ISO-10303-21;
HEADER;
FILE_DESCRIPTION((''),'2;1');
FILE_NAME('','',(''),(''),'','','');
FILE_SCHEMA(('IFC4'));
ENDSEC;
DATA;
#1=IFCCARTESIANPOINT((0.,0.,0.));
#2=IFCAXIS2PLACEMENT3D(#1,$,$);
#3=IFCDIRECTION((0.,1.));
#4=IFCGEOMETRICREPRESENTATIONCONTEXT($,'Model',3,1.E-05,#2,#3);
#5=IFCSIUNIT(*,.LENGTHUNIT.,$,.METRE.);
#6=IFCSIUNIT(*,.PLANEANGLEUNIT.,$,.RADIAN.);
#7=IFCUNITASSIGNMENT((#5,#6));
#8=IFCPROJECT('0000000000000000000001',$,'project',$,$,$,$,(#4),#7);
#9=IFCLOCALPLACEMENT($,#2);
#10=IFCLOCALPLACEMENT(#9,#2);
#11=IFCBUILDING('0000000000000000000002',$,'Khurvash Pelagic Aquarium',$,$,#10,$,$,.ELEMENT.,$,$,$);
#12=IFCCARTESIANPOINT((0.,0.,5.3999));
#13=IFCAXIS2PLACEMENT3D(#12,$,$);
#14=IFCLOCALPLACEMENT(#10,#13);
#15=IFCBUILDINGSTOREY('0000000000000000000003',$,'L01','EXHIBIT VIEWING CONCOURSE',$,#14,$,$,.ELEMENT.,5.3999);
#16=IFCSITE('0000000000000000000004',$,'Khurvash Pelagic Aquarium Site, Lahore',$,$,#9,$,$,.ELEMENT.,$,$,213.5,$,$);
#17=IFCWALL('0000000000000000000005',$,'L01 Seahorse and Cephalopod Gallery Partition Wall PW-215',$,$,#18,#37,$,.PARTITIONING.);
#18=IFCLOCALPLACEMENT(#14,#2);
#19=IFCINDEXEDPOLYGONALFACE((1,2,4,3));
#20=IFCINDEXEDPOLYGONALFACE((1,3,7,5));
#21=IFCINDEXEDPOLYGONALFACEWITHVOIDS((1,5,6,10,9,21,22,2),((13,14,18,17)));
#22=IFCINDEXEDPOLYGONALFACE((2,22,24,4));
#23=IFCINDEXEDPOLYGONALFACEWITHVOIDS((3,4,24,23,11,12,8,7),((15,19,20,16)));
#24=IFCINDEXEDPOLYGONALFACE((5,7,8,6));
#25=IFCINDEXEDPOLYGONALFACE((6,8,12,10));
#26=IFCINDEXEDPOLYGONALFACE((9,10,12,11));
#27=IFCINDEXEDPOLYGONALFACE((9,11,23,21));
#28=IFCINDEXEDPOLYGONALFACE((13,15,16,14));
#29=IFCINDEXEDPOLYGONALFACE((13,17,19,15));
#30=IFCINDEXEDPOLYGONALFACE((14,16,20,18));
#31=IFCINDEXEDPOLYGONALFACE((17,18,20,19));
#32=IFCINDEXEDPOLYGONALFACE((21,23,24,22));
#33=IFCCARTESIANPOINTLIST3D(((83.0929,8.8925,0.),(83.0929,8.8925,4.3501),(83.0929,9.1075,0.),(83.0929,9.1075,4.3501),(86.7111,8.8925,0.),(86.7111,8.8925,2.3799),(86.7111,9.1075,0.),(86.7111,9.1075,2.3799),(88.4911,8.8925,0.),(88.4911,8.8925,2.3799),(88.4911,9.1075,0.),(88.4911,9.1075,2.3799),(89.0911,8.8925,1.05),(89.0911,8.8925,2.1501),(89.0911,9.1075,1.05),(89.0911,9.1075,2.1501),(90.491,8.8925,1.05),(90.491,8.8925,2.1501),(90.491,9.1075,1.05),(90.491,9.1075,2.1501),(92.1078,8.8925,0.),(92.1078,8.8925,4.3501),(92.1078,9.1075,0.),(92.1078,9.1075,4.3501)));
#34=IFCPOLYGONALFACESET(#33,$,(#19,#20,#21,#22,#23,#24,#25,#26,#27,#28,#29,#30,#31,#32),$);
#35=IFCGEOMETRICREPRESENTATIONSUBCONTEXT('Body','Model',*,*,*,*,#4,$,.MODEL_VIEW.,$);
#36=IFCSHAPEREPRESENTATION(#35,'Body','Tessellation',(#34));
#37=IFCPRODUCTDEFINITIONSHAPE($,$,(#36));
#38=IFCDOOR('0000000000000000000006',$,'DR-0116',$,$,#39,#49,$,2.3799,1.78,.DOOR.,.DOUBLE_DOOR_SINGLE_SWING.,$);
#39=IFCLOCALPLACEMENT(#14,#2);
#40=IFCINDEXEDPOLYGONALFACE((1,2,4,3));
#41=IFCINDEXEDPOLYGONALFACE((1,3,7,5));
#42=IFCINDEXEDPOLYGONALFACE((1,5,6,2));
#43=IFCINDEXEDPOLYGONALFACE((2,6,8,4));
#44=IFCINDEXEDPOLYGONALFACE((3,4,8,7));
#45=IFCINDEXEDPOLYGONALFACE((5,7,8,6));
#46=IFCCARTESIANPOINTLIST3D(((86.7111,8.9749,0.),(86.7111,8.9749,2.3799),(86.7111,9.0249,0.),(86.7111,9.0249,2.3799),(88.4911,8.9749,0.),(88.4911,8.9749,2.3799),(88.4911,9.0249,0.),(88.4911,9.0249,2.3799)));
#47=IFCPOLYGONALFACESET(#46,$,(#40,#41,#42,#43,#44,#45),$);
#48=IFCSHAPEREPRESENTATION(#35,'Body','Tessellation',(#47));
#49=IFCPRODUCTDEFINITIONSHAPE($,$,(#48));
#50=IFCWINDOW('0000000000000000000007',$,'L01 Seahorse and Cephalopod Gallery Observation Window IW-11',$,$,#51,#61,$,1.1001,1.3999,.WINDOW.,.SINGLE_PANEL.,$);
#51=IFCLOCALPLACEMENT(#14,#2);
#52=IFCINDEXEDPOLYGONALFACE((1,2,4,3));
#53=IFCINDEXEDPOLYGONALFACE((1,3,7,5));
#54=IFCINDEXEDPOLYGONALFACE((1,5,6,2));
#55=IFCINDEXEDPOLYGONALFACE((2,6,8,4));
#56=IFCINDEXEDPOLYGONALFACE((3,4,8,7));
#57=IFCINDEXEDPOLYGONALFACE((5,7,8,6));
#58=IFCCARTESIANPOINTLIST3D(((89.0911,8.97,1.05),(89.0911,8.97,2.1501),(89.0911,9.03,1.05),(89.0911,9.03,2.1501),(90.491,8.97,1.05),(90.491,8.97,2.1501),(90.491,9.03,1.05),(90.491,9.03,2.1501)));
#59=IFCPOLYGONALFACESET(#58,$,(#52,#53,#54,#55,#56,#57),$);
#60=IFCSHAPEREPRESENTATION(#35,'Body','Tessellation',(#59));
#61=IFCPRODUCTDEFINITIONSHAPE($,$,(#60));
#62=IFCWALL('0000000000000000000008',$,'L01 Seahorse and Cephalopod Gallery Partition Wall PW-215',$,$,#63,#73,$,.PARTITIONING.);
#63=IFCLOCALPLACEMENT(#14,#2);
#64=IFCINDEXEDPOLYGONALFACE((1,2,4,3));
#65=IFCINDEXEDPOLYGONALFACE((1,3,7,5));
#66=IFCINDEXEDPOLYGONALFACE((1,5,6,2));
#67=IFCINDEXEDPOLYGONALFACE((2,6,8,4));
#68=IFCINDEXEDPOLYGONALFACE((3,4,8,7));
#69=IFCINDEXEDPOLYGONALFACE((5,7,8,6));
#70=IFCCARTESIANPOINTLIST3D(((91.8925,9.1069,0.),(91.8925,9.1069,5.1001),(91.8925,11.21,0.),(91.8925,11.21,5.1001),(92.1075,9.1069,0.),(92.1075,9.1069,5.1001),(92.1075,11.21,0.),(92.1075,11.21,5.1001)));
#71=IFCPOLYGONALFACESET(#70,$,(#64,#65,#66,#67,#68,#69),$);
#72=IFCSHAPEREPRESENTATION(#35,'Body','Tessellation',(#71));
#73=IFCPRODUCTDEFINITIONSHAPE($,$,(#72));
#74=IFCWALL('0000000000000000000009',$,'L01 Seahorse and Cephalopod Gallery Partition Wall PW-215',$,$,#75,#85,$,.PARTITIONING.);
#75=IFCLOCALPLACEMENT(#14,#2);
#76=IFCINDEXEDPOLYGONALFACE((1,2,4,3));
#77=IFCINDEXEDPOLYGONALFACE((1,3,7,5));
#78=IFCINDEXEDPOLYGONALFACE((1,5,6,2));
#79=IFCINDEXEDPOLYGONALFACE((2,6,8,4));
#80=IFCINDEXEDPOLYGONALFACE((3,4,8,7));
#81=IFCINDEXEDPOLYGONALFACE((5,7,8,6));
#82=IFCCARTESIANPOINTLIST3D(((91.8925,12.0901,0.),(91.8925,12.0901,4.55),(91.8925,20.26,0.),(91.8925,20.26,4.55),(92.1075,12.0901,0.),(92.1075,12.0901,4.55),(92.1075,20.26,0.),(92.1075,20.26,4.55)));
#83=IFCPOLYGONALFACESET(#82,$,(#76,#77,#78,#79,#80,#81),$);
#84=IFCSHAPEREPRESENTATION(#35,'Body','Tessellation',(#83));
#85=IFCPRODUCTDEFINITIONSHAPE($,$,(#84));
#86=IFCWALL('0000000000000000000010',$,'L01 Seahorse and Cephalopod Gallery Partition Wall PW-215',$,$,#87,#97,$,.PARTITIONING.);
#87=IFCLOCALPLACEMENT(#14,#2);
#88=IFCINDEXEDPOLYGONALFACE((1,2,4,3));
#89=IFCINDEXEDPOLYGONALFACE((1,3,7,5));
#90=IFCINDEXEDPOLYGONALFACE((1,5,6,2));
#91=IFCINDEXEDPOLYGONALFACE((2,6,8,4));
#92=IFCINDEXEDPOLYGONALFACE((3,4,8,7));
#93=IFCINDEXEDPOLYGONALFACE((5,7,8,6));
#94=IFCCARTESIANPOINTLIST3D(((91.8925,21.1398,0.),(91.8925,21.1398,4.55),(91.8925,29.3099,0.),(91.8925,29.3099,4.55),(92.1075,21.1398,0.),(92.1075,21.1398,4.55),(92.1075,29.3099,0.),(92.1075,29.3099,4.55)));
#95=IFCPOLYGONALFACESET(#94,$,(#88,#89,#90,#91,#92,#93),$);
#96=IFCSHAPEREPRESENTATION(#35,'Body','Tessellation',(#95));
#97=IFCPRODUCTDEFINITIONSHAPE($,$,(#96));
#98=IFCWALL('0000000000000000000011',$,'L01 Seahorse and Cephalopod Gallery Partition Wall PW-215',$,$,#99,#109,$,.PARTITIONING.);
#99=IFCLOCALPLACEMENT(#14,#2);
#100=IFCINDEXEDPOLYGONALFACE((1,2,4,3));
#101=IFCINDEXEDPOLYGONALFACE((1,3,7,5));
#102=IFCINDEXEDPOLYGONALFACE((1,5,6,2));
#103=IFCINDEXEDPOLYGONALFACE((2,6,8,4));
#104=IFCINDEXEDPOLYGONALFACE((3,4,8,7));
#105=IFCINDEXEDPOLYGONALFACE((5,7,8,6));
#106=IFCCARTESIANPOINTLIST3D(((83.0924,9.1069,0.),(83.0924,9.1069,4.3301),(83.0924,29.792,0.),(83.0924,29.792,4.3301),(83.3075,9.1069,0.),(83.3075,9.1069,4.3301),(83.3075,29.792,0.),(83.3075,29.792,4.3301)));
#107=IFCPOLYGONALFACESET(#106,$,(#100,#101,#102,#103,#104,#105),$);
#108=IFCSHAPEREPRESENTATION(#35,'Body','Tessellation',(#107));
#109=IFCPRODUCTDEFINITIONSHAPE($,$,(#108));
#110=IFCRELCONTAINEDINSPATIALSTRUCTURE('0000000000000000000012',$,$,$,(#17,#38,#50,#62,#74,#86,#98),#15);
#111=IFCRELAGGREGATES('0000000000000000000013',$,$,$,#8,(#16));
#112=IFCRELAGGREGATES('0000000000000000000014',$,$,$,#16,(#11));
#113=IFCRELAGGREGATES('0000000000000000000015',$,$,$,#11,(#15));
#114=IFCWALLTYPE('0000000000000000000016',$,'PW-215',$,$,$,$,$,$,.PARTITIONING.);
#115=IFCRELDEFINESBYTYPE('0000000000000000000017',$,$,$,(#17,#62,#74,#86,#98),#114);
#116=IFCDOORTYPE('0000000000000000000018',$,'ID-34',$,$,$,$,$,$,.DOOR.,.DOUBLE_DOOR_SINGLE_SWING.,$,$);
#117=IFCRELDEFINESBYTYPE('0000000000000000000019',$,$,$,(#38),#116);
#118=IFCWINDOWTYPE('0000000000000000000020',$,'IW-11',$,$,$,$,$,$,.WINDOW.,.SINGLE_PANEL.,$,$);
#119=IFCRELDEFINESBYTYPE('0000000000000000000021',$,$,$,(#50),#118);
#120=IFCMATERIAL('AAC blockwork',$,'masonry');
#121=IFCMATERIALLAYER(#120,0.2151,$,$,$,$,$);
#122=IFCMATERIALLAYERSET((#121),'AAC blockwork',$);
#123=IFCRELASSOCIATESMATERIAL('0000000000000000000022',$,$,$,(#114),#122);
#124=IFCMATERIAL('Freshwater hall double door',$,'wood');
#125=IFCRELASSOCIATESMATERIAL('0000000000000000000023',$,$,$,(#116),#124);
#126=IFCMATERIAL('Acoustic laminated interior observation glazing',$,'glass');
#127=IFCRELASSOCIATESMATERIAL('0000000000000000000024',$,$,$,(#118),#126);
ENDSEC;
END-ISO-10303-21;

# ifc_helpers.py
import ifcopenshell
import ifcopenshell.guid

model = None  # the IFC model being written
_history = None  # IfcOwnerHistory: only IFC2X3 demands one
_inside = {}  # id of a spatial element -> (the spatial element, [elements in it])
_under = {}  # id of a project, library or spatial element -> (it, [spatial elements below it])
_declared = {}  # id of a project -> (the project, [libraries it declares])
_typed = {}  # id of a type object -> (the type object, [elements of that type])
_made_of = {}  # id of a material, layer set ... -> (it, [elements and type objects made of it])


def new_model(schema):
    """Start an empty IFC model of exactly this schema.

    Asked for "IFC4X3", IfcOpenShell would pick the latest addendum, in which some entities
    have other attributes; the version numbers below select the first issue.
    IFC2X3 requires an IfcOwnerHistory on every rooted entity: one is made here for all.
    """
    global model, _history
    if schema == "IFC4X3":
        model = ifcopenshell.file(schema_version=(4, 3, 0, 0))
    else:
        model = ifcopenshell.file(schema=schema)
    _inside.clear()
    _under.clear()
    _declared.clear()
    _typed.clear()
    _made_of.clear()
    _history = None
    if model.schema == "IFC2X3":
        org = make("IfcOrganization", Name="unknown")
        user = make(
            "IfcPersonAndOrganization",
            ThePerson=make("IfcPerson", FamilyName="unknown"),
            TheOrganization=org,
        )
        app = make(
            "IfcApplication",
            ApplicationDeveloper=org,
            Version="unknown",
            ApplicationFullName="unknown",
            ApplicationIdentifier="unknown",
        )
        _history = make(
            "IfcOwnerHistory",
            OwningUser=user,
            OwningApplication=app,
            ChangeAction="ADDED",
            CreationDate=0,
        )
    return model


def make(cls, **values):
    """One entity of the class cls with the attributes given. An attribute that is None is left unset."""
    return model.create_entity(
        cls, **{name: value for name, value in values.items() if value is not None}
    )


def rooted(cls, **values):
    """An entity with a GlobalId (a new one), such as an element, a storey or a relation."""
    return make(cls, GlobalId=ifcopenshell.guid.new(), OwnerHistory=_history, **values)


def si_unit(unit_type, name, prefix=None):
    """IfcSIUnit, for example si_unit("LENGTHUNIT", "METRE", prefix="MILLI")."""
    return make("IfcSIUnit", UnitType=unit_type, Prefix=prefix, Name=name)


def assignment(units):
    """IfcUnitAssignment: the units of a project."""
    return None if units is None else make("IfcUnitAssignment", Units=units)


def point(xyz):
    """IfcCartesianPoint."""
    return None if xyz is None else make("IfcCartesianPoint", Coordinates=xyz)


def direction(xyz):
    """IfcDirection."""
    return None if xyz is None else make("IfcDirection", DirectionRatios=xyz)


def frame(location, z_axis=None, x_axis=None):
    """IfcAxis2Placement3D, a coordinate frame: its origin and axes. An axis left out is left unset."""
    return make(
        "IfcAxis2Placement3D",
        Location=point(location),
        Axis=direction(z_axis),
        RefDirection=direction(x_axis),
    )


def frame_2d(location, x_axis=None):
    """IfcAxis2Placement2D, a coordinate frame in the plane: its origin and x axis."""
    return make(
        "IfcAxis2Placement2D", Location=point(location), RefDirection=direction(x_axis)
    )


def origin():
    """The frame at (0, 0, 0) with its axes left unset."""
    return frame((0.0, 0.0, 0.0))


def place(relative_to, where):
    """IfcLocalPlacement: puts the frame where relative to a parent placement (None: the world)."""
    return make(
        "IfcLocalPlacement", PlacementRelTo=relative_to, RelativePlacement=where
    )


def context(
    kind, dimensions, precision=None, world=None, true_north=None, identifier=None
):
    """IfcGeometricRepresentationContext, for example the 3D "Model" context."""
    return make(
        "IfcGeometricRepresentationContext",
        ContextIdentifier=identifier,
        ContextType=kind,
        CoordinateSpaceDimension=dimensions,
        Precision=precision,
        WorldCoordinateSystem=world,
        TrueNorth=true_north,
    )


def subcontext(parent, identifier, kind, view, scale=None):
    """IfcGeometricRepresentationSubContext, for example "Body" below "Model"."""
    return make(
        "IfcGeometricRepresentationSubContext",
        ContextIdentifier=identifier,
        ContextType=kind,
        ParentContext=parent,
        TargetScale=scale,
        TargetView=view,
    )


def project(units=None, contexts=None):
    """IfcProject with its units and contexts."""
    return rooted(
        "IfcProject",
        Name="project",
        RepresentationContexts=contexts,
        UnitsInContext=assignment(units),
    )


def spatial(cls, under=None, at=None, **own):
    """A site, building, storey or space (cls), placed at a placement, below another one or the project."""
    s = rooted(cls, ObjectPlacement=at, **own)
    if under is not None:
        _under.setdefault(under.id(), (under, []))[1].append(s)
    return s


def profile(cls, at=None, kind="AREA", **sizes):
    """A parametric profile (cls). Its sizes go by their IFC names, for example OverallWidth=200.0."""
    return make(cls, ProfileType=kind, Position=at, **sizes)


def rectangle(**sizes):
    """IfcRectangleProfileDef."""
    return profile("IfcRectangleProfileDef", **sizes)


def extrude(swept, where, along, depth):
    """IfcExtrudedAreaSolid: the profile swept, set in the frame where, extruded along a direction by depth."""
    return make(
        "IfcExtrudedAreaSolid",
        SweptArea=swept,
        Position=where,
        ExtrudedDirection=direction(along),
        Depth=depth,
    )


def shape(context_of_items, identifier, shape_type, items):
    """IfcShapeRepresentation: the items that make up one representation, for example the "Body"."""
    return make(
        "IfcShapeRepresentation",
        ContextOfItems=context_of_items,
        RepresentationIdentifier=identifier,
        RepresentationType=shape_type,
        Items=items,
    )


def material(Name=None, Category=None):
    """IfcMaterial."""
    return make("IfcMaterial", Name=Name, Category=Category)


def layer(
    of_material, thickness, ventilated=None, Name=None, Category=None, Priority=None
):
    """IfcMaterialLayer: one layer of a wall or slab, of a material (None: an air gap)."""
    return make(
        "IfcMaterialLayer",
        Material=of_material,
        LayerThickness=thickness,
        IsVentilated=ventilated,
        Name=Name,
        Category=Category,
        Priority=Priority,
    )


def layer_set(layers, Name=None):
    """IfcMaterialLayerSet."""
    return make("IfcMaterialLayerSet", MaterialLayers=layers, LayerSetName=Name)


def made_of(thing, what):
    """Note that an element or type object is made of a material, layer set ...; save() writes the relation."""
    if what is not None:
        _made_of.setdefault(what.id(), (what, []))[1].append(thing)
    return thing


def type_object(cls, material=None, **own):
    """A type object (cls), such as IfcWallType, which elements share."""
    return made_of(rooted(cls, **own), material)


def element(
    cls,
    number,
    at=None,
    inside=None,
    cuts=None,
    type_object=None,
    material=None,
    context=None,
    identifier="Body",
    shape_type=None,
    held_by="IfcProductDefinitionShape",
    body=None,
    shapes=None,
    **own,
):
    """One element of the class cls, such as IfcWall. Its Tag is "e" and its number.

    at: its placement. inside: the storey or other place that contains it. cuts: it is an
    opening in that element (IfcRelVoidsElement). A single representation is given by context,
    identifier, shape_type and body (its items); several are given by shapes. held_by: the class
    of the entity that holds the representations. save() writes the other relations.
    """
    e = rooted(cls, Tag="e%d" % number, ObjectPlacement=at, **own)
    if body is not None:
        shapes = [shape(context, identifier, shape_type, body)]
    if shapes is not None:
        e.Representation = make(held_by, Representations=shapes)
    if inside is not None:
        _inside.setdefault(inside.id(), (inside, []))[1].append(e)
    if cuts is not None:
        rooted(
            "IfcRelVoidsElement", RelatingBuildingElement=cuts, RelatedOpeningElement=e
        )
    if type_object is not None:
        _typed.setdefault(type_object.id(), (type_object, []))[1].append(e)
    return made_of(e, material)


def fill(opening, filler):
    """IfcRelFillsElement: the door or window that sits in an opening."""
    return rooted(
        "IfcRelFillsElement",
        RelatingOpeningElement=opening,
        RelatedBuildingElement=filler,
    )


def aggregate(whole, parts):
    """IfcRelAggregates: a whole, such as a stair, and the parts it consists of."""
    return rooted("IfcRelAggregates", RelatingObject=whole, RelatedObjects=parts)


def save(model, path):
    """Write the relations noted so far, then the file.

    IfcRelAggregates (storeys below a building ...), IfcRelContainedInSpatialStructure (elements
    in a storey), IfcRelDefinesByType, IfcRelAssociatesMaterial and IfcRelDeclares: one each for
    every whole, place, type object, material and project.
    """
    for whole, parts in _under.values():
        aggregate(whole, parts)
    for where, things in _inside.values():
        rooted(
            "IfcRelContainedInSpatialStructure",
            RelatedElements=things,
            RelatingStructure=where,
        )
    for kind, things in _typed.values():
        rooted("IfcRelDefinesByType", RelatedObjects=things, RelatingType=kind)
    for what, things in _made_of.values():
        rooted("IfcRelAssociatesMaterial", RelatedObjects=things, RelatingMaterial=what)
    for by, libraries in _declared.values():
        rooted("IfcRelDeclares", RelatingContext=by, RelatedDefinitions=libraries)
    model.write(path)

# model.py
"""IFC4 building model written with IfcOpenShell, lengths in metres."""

from ifc_helpers import new_model, si_unit, direction, frame, frame_2d, origin, place, context, subcontext, project, spatial, rectangle, extrude, material, layer, layer_set, type_object, element, fill, save


model = new_model("IFC4")

# Units and contexts
model_context = context("Model", 3, precision=1e-05, world=origin(), true_north=direction((0.0, 1.0)))
body_context = subcontext(model_context, "Body", "Model", "MODEL_VIEW")
ifc_project = project(units=[si_unit("LENGTHUNIT", "METRE"), si_unit("PLANEANGLEUNIT", "RADIAN")], contexts=[model_context])

# Site, building, storey
site_placement = place(None, origin())
site = spatial("IfcSite", under=ifc_project, at=site_placement, Name="Khurvash Pelagic Aquarium Site, Lahore", CompositionType="ELEMENT", RefElevation=213.5)
building_placement = place(site_placement, origin())
building = spatial("IfcBuilding", under=site, at=building_placement, Name="Khurvash Pelagic Aquarium", CompositionType="ELEMENT")
storey_placement = place(building_placement, frame((0.0, 0.0, 5.3999)))
storey = spatial("IfcBuildingStorey", under=building, at=storey_placement, Name="L01", Description="EXHIBIT VIEWING CONCOURSE", CompositionType="ELEMENT", Elevation=5.3999)

# Wall, openings, door, window
ifc_material_1 = material(Name="AAC blockwork", Category="masonry")
ifc_layer = layer(ifc_material_1, 0.2151)
ifc_layer_set = layer_set([ifc_layer], Name="AAC blockwork")
wall_type = type_object("IfcWallType", Name="PW-215", PredefinedType="PARTITIONING", material=ifc_layer_set)
wall_1_placement = place(storey_placement, frame((83.093, 9.0, 0.0), z_axis=(0.0, 0.0, 1.0), x_axis=(1.0, 0.0, 0.0)))
wall_1 = element("IfcWall", 1, at=wall_1_placement, inside=storey, type_object=wall_type, Name="L01 Seahorse and Cephalopod Gallery Partition Wall PW-215", PredefinedType="PARTITIONING", context=body_context, shape_type="SweptSolid", body=[
    extrude(rectangle(XDim=9.0149, YDim=0.2151, at=frame_2d((4.5073, 0.0))), origin(), (0.0, 0.0, 1.0), 4.3501),
])
opening_1_placement = place(wall_1_placement, frame((3.6179, 0.0, 0.0)))
opening_1 = element("IfcOpeningElement", 2, at=opening_1_placement, cuts=wall_1, PredefinedType="OPENING", context=body_context, shape_type="SweptSolid", body=[
    extrude(rectangle(XDim=1.78, YDim=2.3799, at=frame_2d((0.8901, 1.1899))), frame((0.0, 0.1177, 0.0), z_axis=(0.0, -1.0, 0.0), x_axis=(1.0, 0.0, 0.0)), (0.0, 0.0, 1.0), 0.2351),
])
opening_2_placement = place(wall_1_placement, frame((5.998, 0.0, 1.05)))
opening_2 = element("IfcOpeningElement", 3, at=opening_2_placement, cuts=wall_1, PredefinedType="OPENING", context=body_context, shape_type="SweptSolid", body=[
    extrude(rectangle(XDim=1.3999, YDim=1.1001, at=frame_2d((0.7, 0.55))), frame((0.0, 0.1177, 0.0), z_axis=(0.0, -1.0, 0.0), x_axis=(1.0, 0.0, 0.0)), (0.0, 0.0, 1.0), 0.2351),
])
ifc_material_2 = material(Name="Freshwater hall double door", Category="wood")
door_type = type_object("IfcDoorType", Name="ID-34", OperationType="DOUBLE_DOOR_SINGLE_SWING", PredefinedType="DOOR", material=ifc_material_2)
door_placement = place(opening_1_placement, origin())
door = element("IfcDoor", 4, at=door_placement, inside=storey, type_object=door_type, Name="DR-0116", OperationType="DOUBLE_DOOR_SINGLE_SWING", OverallHeight=2.3799, OverallWidth=1.78, PredefinedType="DOOR", context=body_context, shape_type="SweptSolid", body=[
    extrude(rectangle(XDim=1.78, YDim=2.3799, at=frame_2d((0.8901, 1.1899))), frame((0.0, 0.0249, 0.0), z_axis=(0.0, -1.0, 0.0), x_axis=(1.0, 0.0, 0.0)), (0.0, 0.0, 1.0), 0.05),
])
fill(opening_1, door)
ifc_material_3 = material(Name="Acoustic laminated interior observation glazing", Category="glass")
window_type = type_object("IfcWindowType", Name="IW-11", PartitioningType="SINGLE_PANEL", PredefinedType="WINDOW", material=ifc_material_3)
window_placement = place(opening_2_placement, origin())
window = element("IfcWindow", 5, at=window_placement, inside=storey, type_object=window_type, Name="L01 Seahorse and Cephalopod Gallery Observation Window IW-11", OverallHeight=1.1001, OverallWidth=1.3999, PartitioningType="SINGLE_PANEL", PredefinedType="WINDOW", context=body_context, shape_type="SweptSolid", body=[
    extrude(rectangle(XDim=1.3999, YDim=1.1001, at=frame_2d((0.7, 0.55))), frame((0.0, 0.03, 0.0), z_axis=(0.0, -1.0, 0.0), x_axis=(1.0, 0.0, 0.0)), (0.0, 0.0, 1.0), 0.0601),
])
fill(opening_2, window)

# Walls
wall_2_placement = place(storey_placement, frame((92.0, 9.1069, 0.0), z_axis=(0.0, 0.0, 1.0), x_axis=(0.0, 1.0, 0.0)))
element("IfcWall", 6, at=wall_2_placement, inside=storey, type_object=wall_type, Name="L01 Seahorse and Cephalopod Gallery Partition Wall PW-215", PredefinedType="PARTITIONING", context=body_context, shape_type="SweptSolid", body=[
    extrude(rectangle(XDim=2.103, YDim=0.2151, at=frame_2d((1.0515, 0.0))), origin(), (0.0, 0.0, 1.0), 5.1001),
])
wall_3_placement = place(storey_placement, frame((92.0, 12.0901, 0.0), z_axis=(0.0, 0.0, 1.0), x_axis=(0.0, 1.0, 0.0)))
element("IfcWall", 7, at=wall_3_placement, inside=storey, type_object=wall_type, Name="L01 Seahorse and Cephalopod Gallery Partition Wall PW-215", PredefinedType="PARTITIONING", context=body_context, shape_type="SweptSolid", body=[
    extrude(rectangle(XDim=8.1699, YDim=0.2151, at=frame_2d((4.085, 0.0))), origin(), (0.0, 0.0, 1.0), 4.55),
])
wall_4_placement = place(storey_placement, frame((92.0, 21.1399, 0.0), z_axis=(0.0, 0.0, 1.0), x_axis=(0.0, 1.0, 0.0)))
element("IfcWall", 8, at=wall_4_placement, inside=storey, type_object=wall_type, Name="L01 Seahorse and Cephalopod Gallery Partition Wall PW-215", PredefinedType="PARTITIONING", context=body_context, shape_type="SweptSolid", body=[
    extrude(rectangle(XDim=8.1702, YDim=0.2151, at=frame_2d((4.085, 0.0))), origin(), (0.0, 0.0, 1.0), 4.55),
])
wall_5_placement = place(storey_placement, frame((83.2, 9.1069, 0.0), z_axis=(0.0, 0.0, 1.0), x_axis=(0.0, 1.0, 0.0)))
element("IfcWall", 9, at=wall_5_placement, inside=storey, type_object=wall_type, Name="L01 Seahorse and Cephalopod Gallery Partition Wall PW-215", PredefinedType="PARTITIONING", context=body_context, shape_type="SweptSolid", body=[
    extrude(rectangle(XDim=20.6851, YDim=0.2151, at=frame_2d((10.3425, 0.0))), origin(), (0.0, 0.0, 1.0), 4.3301),
])

save(model, "model.ifc")
